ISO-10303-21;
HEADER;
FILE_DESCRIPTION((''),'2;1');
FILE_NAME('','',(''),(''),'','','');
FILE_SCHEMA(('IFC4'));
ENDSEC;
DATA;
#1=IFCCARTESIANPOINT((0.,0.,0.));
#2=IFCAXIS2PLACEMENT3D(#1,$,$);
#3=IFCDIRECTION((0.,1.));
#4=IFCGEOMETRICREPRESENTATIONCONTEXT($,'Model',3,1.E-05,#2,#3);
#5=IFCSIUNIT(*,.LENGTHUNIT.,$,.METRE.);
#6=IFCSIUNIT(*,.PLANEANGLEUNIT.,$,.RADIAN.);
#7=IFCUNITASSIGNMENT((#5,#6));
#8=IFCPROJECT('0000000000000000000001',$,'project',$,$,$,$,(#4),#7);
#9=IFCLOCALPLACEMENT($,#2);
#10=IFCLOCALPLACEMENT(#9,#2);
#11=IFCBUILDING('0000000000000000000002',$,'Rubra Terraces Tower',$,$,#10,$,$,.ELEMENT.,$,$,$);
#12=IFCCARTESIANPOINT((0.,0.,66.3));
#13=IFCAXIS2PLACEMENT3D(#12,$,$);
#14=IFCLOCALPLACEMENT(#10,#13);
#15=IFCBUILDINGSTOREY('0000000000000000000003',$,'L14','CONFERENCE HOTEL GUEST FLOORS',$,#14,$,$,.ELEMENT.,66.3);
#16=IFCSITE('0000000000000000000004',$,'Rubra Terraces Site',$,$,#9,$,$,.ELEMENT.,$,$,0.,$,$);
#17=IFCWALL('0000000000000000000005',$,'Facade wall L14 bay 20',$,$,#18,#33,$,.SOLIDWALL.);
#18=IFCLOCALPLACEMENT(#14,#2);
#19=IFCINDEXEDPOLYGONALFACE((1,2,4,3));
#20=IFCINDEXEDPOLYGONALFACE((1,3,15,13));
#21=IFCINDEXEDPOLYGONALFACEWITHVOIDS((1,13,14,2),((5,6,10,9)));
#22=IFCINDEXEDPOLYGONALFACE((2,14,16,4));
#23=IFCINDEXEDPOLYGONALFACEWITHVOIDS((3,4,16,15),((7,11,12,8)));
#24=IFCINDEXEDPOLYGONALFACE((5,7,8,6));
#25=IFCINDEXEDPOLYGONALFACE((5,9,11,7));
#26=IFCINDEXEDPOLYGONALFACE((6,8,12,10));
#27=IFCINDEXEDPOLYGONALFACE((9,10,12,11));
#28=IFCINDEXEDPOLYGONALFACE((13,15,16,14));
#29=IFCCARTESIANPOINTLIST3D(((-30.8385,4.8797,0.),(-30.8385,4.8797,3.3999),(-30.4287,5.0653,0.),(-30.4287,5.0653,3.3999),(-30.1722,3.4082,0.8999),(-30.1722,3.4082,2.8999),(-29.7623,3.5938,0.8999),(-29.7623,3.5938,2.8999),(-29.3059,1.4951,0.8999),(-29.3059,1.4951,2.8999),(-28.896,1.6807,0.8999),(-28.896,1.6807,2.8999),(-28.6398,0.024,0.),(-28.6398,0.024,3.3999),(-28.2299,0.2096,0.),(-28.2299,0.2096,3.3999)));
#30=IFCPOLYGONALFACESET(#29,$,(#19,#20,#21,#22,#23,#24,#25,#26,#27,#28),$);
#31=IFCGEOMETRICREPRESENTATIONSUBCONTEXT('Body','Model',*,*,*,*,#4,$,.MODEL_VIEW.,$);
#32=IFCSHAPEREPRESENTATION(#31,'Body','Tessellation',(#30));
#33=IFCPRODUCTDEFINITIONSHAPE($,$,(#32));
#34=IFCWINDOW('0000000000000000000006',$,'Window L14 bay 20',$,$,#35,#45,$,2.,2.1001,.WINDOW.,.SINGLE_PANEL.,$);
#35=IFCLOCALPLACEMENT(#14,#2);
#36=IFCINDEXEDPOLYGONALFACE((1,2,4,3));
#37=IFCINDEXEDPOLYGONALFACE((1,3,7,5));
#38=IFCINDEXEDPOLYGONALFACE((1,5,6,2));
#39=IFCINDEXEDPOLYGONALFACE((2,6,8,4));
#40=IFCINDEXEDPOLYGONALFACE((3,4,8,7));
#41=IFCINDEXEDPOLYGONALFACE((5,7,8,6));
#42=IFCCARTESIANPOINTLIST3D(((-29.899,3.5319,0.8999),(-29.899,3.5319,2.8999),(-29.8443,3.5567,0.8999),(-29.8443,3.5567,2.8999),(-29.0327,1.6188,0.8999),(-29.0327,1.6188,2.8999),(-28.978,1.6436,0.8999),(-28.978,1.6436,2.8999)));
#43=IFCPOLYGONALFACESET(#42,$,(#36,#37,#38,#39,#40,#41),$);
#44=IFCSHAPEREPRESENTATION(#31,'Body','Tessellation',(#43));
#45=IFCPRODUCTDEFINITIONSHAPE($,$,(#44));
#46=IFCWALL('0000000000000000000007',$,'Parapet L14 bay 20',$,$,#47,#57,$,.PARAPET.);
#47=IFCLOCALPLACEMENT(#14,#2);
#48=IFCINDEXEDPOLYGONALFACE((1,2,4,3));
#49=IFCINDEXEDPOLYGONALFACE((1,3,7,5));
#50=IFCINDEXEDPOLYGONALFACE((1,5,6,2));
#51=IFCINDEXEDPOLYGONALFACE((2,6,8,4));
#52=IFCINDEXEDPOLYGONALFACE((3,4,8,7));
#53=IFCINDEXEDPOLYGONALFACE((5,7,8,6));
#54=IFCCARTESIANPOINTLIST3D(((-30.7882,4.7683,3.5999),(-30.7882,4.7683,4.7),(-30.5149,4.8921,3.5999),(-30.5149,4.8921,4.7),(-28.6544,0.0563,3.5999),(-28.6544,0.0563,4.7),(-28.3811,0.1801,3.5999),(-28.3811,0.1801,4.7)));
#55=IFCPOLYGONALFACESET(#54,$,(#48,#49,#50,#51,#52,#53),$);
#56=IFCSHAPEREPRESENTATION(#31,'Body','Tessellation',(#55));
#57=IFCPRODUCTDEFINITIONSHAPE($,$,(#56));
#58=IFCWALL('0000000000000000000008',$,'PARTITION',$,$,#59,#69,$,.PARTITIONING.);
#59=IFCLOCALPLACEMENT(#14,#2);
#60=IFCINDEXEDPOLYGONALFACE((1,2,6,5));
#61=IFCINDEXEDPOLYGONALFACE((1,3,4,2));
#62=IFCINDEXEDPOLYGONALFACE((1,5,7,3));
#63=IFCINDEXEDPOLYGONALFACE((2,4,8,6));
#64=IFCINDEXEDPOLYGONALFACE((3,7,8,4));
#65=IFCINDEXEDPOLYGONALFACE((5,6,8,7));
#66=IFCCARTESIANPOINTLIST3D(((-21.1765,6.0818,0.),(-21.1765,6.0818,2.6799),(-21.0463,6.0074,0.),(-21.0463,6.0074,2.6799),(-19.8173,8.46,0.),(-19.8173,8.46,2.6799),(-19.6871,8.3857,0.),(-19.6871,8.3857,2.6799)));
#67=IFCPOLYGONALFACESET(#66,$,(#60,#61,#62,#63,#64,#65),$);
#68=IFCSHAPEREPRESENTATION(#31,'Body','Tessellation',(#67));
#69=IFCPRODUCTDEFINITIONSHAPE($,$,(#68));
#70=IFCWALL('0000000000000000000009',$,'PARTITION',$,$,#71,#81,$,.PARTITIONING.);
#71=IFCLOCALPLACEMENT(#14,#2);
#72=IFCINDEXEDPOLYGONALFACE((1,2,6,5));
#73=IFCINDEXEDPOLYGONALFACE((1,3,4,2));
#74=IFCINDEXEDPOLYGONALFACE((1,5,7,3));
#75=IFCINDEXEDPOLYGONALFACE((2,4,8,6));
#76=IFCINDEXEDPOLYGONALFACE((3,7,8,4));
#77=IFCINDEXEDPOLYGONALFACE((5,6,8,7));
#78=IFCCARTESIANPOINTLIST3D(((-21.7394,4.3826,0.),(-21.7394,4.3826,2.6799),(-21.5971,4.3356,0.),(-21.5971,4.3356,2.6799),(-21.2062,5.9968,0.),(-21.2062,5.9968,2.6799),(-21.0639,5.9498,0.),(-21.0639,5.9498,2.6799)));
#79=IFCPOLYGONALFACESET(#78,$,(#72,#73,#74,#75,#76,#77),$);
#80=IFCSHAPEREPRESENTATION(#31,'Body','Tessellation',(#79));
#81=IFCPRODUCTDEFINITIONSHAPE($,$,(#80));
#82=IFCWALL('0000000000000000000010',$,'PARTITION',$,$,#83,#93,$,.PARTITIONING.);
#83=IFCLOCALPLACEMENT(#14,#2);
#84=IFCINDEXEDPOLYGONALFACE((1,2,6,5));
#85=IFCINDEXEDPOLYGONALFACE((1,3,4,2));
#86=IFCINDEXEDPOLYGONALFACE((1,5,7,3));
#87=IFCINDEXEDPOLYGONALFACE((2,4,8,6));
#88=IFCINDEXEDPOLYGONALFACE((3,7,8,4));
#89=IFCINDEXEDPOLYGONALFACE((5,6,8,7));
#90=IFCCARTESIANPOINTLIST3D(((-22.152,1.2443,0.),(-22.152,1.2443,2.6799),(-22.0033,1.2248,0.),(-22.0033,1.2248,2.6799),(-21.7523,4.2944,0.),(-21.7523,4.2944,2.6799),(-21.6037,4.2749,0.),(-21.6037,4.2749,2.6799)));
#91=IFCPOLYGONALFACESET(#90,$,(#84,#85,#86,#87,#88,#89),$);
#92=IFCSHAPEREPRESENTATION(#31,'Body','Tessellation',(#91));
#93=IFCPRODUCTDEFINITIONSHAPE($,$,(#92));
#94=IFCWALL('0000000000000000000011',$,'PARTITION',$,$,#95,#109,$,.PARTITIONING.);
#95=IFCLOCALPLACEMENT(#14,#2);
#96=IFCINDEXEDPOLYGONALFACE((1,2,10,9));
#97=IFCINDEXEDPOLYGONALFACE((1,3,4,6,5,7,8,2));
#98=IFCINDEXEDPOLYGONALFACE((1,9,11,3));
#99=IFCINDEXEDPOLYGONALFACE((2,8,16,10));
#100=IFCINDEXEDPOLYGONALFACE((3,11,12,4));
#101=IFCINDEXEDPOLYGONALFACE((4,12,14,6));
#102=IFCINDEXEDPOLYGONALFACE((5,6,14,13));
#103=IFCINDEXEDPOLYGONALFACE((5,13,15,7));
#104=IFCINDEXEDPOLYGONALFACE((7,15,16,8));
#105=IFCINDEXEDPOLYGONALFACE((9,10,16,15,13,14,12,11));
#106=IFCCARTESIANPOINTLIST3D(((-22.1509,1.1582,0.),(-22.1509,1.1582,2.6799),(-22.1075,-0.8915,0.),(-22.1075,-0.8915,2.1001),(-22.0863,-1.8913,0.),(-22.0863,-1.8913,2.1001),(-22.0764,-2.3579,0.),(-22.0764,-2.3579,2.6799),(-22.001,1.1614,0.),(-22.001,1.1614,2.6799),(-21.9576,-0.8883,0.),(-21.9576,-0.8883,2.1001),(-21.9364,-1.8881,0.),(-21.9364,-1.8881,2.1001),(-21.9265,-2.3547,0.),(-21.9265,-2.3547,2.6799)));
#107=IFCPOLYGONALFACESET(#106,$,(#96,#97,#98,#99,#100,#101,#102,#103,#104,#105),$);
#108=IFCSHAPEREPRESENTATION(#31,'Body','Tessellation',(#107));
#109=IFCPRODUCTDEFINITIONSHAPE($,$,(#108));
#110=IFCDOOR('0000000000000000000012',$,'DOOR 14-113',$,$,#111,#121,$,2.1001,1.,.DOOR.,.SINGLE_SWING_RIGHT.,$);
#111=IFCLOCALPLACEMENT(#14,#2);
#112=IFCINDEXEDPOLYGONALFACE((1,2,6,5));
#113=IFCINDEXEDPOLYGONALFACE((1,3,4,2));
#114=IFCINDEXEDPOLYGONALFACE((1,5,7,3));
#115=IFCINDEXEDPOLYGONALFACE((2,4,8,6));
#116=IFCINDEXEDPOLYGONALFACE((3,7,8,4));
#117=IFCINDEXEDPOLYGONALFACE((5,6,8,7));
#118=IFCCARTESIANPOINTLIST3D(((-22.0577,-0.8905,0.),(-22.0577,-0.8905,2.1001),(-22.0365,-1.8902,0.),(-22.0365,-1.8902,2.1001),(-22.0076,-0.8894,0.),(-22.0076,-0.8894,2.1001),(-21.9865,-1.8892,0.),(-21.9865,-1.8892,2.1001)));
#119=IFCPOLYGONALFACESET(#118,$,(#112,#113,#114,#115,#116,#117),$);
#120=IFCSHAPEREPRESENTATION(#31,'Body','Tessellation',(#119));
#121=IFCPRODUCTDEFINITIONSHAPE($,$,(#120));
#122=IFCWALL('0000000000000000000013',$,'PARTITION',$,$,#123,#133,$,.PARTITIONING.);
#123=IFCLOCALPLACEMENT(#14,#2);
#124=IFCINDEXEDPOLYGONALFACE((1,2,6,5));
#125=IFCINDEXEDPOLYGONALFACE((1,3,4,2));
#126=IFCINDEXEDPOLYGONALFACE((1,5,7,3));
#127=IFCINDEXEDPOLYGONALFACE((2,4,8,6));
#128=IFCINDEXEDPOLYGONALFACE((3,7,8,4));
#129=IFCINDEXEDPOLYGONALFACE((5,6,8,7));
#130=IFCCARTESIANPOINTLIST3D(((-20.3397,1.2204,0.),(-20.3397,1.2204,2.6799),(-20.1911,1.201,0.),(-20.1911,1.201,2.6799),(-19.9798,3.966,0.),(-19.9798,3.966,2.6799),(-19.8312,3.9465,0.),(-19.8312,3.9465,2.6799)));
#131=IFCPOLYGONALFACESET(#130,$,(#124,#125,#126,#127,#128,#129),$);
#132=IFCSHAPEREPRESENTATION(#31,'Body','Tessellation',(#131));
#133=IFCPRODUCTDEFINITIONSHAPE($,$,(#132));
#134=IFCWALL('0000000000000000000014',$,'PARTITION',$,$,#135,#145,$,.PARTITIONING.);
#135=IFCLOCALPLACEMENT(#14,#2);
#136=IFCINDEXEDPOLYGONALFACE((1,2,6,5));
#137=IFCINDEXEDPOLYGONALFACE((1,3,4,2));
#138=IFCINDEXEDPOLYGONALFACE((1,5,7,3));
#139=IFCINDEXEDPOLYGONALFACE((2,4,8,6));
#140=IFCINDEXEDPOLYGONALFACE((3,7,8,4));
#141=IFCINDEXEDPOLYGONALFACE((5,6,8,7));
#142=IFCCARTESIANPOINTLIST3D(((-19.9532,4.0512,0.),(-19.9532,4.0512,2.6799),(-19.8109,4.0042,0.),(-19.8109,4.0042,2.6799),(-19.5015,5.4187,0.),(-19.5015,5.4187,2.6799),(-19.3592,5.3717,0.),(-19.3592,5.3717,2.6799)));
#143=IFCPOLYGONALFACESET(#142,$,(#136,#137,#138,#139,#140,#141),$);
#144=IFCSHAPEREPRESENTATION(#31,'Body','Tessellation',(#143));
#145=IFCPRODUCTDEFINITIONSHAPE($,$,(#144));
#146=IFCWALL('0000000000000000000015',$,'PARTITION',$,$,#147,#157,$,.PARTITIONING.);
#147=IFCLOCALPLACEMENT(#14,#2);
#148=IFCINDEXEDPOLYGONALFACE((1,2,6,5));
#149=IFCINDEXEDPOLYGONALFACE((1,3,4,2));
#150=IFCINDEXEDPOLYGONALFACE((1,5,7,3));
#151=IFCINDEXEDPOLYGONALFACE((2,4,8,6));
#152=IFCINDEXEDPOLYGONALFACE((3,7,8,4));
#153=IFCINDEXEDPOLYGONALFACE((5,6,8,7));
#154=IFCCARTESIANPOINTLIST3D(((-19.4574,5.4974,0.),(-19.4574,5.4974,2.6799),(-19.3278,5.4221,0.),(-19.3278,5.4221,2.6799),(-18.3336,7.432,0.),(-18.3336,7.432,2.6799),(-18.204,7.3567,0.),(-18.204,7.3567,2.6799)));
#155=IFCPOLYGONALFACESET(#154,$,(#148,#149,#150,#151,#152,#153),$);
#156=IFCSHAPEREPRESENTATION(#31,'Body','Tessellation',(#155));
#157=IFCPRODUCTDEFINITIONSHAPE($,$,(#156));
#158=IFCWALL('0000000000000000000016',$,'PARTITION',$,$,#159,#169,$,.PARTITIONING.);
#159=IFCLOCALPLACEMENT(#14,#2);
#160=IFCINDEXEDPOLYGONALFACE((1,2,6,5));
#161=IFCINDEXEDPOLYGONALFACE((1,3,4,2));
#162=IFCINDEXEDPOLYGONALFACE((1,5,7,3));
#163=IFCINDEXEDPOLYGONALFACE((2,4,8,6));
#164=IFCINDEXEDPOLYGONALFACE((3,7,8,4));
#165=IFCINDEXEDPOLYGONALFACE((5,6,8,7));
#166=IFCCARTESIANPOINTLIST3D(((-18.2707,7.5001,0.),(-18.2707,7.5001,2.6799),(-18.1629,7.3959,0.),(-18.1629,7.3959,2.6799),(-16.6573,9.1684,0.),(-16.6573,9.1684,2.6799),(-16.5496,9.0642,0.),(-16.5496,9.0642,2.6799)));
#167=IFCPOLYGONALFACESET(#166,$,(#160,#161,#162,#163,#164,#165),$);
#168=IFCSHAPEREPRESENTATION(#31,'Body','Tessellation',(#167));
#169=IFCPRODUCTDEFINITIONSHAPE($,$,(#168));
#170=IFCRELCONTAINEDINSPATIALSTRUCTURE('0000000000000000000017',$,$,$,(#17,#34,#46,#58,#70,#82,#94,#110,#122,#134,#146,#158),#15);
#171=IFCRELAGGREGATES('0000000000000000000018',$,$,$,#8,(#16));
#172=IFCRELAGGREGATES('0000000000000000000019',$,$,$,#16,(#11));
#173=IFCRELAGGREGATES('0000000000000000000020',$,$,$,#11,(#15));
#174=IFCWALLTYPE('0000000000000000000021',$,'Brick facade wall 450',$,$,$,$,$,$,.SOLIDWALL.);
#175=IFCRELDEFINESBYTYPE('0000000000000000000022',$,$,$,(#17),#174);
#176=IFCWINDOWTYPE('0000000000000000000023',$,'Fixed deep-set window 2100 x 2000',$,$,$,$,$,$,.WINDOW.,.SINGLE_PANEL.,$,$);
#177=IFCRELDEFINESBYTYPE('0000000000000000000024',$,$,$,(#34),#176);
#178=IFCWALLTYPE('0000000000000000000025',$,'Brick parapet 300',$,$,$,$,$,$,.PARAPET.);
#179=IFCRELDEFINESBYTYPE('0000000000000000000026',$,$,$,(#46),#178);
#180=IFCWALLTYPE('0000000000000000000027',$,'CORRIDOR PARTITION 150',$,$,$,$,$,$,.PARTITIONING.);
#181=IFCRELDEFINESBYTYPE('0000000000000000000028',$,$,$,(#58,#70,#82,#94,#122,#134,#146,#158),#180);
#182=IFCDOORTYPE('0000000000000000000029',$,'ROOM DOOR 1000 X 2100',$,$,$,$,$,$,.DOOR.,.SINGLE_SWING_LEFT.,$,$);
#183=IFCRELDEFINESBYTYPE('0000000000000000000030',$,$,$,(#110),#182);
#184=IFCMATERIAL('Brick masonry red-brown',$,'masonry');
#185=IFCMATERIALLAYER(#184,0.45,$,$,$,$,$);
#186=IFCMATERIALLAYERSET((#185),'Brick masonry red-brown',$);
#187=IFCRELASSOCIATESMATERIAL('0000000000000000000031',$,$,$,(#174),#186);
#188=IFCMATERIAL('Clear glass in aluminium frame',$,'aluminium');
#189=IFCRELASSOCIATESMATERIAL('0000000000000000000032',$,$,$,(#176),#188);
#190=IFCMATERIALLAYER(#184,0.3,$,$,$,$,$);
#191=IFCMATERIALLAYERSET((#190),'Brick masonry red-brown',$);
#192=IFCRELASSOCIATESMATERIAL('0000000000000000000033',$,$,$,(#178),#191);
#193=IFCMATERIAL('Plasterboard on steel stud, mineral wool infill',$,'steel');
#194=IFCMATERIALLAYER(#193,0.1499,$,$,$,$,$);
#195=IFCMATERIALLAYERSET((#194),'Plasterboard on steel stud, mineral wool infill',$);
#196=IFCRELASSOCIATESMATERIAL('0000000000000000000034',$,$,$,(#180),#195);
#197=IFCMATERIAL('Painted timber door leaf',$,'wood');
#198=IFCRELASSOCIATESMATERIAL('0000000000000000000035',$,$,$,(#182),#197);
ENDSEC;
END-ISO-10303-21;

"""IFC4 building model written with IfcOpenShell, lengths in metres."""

from ifc_helpers import new_model, si_unit, direction, frame, frame_2d, origin, place, context, subcontext, project, spatial, rectangle, extrude, material, layer, layer_set, type_object, element, fill, save


model = new_model("IFC4")

# Units and contexts
model_context = context("Model", 3, precision=1e-05, world=origin(), true_north=direction((0.0, 1.0)))
body_context = subcontext(model_context, "Body", "Model", "MODEL_VIEW")
ifc_project = project(units=[si_unit("LENGTHUNIT", "METRE"), si_unit("PLANEANGLEUNIT", "RADIAN")], contexts=[model_context])

# Site, building, storey
site_placement = place(None, origin())
site = spatial("IfcSite", under=ifc_project, at=site_placement, Name="Rubra Terraces Site", CompositionType="ELEMENT", RefElevation=0.0)
building_placement = place(site_placement, origin())
building = spatial("IfcBuilding", under=site, at=building_placement, Name="Rubra Terraces Tower", CompositionType="ELEMENT")
storey_placement = place(building_placement, frame((0.0, 0.0, 66.3)))
storey = spatial("IfcBuildingStorey", under=building, at=storey_placement, Name="L14", Description="CONFERENCE HOTEL GUEST FLOORS", CompositionType="ELEMENT", Elevation=66.3)

# Wall, opening, window
ifc_material_1 = material(Name="Brick masonry red-brown", Category="masonry")
ifc_layer_1 = layer(ifc_material_1, 0.45)
ifc_layer_set_1 = layer_set([ifc_layer_1], Name="Brick masonry red-brown")
wall_type_1 = type_object("IfcWallType", Name="Brick facade wall 450", PredefinedType="SOLIDWALL", material=ifc_layer_set_1)
wall_1_placement = place(storey_placement, frame((-30.6335, 4.9724, 0.0), z_axis=(0.0, 0.0, 1.0), x_axis=(0.412495, -0.91096, 0.0)))
wall_1 = element("IfcWall", 1, at=wall_1_placement, inside=storey, type_object=wall_type_1, Name="Facade wall L14 bay 20", PredefinedType="SOLIDWALL", context=body_context, shape_type="SweptSolid", body=[
    extrude(rectangle(XDim=5.3303, YDim=0.45, at=frame_2d((2.665, 0.0))), origin(), (0.0, 0.0, 1.0), 3.3999),
])
opening_1_placement = place(wall_1_placement, frame((1.6152, 0.0, 0.8999)))
opening_1 = element("IfcOpeningElement", 2, at=opening_1_placement, cuts=wall_1, PredefinedType="OPENING", context=body_context, shape_type="SweptSolid", body=[
    extrude(rectangle(XDim=2.1001, YDim=2.0, at=frame_2d((1.05, 1.0))), frame((0.0, 0.2349, 0.0), z_axis=(0.0, -1.0, 0.0), x_axis=(1.0, 0.0, 0.0)), (0.0, 0.0, 1.0), 0.47),
])
ifc_material_2 = material(Name="Clear glass in aluminium frame", Category="aluminium")
window_type = type_object("IfcWindowType", Name="Fixed deep-set window 2100 x 2000", PartitioningType="SINGLE_PANEL", PredefinedType="WINDOW", material=ifc_material_2)
window_placement = place(opening_1_placement, origin())
window = element("IfcWindow", 3, at=window_placement, inside=storey, type_object=window_type, Name="Window L14 bay 20", OverallHeight=2.0, OverallWidth=2.1001, PartitioningType="SINGLE_PANEL", PredefinedType="WINDOW", context=body_context, shape_type="SweptSolid", body=[
    extrude(rectangle(XDim=2.1001, YDim=2.0, at=frame_2d((1.05, 1.0))), frame((0.0, 0.135, 0.0), z_axis=(0.0, -1.0, 0.0), x_axis=(1.0, 0.0, 0.0)), (0.0, 0.0, 1.0), 0.0601),
])
fill(opening_1, window)

# Walls
ifc_layer_2 = layer(ifc_material_1, 0.3)
ifc_layer_set_2 = layer_set([ifc_layer_2], Name="Brick masonry red-brown")
wall_type_2 = type_object("IfcWallType", Name="Brick parapet 300", PredefinedType="PARAPET", material=ifc_layer_set_2)
wall_2_placement = place(storey_placement, frame((-30.6516, 4.8303, 3.5999), z_axis=(0.0, 0.0, 1.0), x_axis=(0.412522, -0.910947, 0.0)))
element("IfcWall", 4, at=wall_2_placement, inside=storey, type_object=wall_type_2, Name="Parapet L14 bay 20", PredefinedType="PARAPET", context=body_context, shape_type="SweptSolid", body=[
    extrude(rectangle(XDim=5.1726, YDim=0.3, at=frame_2d((2.5864, 0.0))), origin(), (0.0, 0.0, 1.0), 1.1001),
])
ifc_material_3 = material(Name="Plasterboard on steel stud, mineral wool infill", Category="steel")
ifc_layer_3 = layer(ifc_material_3, 0.1499)
ifc_layer_set_3 = layer_set([ifc_layer_3], Name="Plasterboard on steel stud, mineral wool infill")
wall_type_3 = type_object("IfcWallType", Name="CORRIDOR PARTITION 150", PredefinedType="PARTITIONING", material=ifc_layer_set_3)
wall_3_placement = place(storey_placement, frame((-19.7522, 8.4229, 0.0), z_axis=(0.0, 0.0, 1.0), x_axis=(-0.496187, -0.868216, 0.0)))
element("IfcWall", 5, at=wall_3_placement, inside=storey, type_object=wall_type_3, Name="PARTITION", PredefinedType="PARTITIONING", context=body_context, shape_type="SweptSolid", body=[
    extrude(rectangle(XDim=2.7393, YDim=0.1499, at=frame_2d((1.3696, 0.0))), origin(), (0.0, 0.0, 1.0), 2.6799),
])
wall_4_placement = place(storey_placement, frame((-21.135, 5.9734, 0.0), z_axis=(0.0, 0.0, 1.0), x_axis=(-0.313642, -0.949541, 0.0)))
element("IfcWall", 6, at=wall_4_placement, inside=storey, type_object=wall_type_3, Name="PARTITION", PredefinedType="PARTITIONING", context=body_context, shape_type="SweptSolid", body=[
    extrude(rectangle(XDim=1.7, YDim=0.1499, at=frame_2d((0.8501, 0.0))), origin(), (0.0, 0.0, 1.0), 2.6799),
])
wall_5_placement = place(storey_placement, frame((-21.678, 4.2847, 0.0), z_axis=(0.0, 0.0, 1.0), x_axis=(-0.129923, -0.991524, 0.0)))
element("IfcWall", 7, at=wall_5_placement, inside=storey, type_object=wall_type_3, Name="PARTITION", PredefinedType="PARTITIONING", context=body_context, shape_type="SweptSolid", body=[
    extrude(rectangle(XDim=3.0762, YDim=0.1499, at=frame_2d((1.5381, 0.0))), origin(), (0.0, 0.0, 1.0), 2.6799),
])

# Wall, opening, door
wall_6_placement = place(storey_placement, frame((-22.0759, 1.1597, 0.0), z_axis=(0.0, 0.0, 1.0), x_axis=(0.021173, -0.999776, 0.0)))
wall_6 = element("IfcWall", 8, at=wall_6_placement, inside=storey, type_object=wall_type_3, Name="PARTITION", PredefinedType="PARTITIONING", context=body_context, shape_type="SweptSolid", body=[
    extrude(rectangle(XDim=3.5168, YDim=0.1499, at=frame_2d((1.7583, 0.0))), origin(), (0.0, 0.0, 1.0), 2.6799),
])
opening_2_placement = place(wall_6_placement, frame((2.05, 0.0, 0.0)))
opening_2 = element("IfcOpeningElement", 9, at=opening_2_placement, cuts=wall_6, PredefinedType="OPENING", context=body_context, shape_type="SweptSolid", body=[
    extrude(rectangle(XDim=1.0, YDim=2.1001, at=frame_2d((0.5, 1.05))), frame((0.0, 0.085, 0.0), z_axis=(0.0, -1.0, 0.0), x_axis=(1.0, 0.0, 0.0)), (0.0, 0.0, 1.0), 0.1699),
])
ifc_material_4 = material(Name="Painted timber door leaf", Category="wood")
door_type_1 = type_object("IfcDoorType", Name="ROOM DOOR 1000 X 2100", OperationType="SINGLE_SWING_LEFT", PredefinedType="DOOR", material=ifc_material_4)
door_1_placement = place(opening_2_placement, origin())
door_1 = element("IfcDoor", 10, at=door_1_placement, inside=storey, type_object=door_type_1, Name="DOOR 14-113", OperationType="SINGLE_SWING_RIGHT", OverallHeight=2.1001, OverallWidth=1.0, PredefinedType="DOOR", context=body_context, shape_type="SweptSolid", body=[
    extrude(rectangle(XDim=1.0, YDim=2.1001, at=frame_2d((0.5, 1.05))), frame((0.0, 0.0249, 0.0), z_axis=(0.0, -1.0, 0.0), x_axis=(1.0, 0.0, 0.0)), (0.0, 0.0, 1.0), 0.05),
])
fill(opening_2, door_1)

# Walls
wall_7_placement = place(storey_placement, frame((-20.2654, 1.2107, 0.0), z_axis=(0.0, 0.0, 1.0), x_axis=(0.129957, 0.99152, 0.0)))
element("IfcWall", 11, at=wall_7_placement, inside=storey, type_object=wall_type_3, Name="PARTITION", PredefinedType="PARTITIONING", context=body_context, shape_type="SweptSolid", body=[
    extrude(rectangle(XDim=2.769, YDim=0.1499, at=frame_2d((1.3845, 0.0))), origin(), (0.0, 0.0, 1.0), 2.6799),
])
wall_8_placement = place(storey_placement, frame((-19.8821, 4.0276, 0.0), z_axis=(0.0, 0.0, 1.0), x_axis=(0.313633, 0.949544, 0.0)))
element("IfcWall", 12, at=wall_8_placement, inside=storey, type_object=wall_type_3, Name="PARTITION", PredefinedType="PARTITIONING", context=body_context, shape_type="SweptSolid", body=[
    extrude(rectangle(XDim=1.4402, YDim=0.1499, at=frame_2d((0.7202, 0.0))), origin(), (0.0, 0.0, 1.0), 2.6799),
])
wall_9_placement = place(storey_placement, frame((-19.3926, 5.4597, 0.0), z_axis=(0.0, 0.0, 1.0), x_axis=(0.502296, 0.864696, 0.0)))
element("IfcWall", 13, at=wall_9_placement, inside=storey, type_object=wall_type_3, Name="PARTITION", PredefinedType="PARTITIONING", context=body_context, shape_type="SweptSolid", body=[
    extrude(rectangle(XDim=2.2373, YDim=0.1499, at=frame_2d((1.1187, 0.0))), origin(), (0.0, 0.0, 1.0), 2.6799),
])
wall_10_placement = place(storey_placement, frame((-18.2168, 7.448, 0.0), z_axis=(0.0, 0.0, 1.0), x_axis=(0.695173, 0.718843, 0.0)))
element("IfcWall", 14, at=wall_10_placement, inside=storey, type_object=wall_type_3, Name="PARTITION", PredefinedType="PARTITIONING", context=body_context, shape_type="SweptSolid", body=[
    extrude(rectangle(XDim=2.3208, YDim=0.1499, at=frame_2d((1.1604, 0.0))), origin(), (0.0, 0.0, 1.0), 2.6799),
])

save(model, "model.ifc")
